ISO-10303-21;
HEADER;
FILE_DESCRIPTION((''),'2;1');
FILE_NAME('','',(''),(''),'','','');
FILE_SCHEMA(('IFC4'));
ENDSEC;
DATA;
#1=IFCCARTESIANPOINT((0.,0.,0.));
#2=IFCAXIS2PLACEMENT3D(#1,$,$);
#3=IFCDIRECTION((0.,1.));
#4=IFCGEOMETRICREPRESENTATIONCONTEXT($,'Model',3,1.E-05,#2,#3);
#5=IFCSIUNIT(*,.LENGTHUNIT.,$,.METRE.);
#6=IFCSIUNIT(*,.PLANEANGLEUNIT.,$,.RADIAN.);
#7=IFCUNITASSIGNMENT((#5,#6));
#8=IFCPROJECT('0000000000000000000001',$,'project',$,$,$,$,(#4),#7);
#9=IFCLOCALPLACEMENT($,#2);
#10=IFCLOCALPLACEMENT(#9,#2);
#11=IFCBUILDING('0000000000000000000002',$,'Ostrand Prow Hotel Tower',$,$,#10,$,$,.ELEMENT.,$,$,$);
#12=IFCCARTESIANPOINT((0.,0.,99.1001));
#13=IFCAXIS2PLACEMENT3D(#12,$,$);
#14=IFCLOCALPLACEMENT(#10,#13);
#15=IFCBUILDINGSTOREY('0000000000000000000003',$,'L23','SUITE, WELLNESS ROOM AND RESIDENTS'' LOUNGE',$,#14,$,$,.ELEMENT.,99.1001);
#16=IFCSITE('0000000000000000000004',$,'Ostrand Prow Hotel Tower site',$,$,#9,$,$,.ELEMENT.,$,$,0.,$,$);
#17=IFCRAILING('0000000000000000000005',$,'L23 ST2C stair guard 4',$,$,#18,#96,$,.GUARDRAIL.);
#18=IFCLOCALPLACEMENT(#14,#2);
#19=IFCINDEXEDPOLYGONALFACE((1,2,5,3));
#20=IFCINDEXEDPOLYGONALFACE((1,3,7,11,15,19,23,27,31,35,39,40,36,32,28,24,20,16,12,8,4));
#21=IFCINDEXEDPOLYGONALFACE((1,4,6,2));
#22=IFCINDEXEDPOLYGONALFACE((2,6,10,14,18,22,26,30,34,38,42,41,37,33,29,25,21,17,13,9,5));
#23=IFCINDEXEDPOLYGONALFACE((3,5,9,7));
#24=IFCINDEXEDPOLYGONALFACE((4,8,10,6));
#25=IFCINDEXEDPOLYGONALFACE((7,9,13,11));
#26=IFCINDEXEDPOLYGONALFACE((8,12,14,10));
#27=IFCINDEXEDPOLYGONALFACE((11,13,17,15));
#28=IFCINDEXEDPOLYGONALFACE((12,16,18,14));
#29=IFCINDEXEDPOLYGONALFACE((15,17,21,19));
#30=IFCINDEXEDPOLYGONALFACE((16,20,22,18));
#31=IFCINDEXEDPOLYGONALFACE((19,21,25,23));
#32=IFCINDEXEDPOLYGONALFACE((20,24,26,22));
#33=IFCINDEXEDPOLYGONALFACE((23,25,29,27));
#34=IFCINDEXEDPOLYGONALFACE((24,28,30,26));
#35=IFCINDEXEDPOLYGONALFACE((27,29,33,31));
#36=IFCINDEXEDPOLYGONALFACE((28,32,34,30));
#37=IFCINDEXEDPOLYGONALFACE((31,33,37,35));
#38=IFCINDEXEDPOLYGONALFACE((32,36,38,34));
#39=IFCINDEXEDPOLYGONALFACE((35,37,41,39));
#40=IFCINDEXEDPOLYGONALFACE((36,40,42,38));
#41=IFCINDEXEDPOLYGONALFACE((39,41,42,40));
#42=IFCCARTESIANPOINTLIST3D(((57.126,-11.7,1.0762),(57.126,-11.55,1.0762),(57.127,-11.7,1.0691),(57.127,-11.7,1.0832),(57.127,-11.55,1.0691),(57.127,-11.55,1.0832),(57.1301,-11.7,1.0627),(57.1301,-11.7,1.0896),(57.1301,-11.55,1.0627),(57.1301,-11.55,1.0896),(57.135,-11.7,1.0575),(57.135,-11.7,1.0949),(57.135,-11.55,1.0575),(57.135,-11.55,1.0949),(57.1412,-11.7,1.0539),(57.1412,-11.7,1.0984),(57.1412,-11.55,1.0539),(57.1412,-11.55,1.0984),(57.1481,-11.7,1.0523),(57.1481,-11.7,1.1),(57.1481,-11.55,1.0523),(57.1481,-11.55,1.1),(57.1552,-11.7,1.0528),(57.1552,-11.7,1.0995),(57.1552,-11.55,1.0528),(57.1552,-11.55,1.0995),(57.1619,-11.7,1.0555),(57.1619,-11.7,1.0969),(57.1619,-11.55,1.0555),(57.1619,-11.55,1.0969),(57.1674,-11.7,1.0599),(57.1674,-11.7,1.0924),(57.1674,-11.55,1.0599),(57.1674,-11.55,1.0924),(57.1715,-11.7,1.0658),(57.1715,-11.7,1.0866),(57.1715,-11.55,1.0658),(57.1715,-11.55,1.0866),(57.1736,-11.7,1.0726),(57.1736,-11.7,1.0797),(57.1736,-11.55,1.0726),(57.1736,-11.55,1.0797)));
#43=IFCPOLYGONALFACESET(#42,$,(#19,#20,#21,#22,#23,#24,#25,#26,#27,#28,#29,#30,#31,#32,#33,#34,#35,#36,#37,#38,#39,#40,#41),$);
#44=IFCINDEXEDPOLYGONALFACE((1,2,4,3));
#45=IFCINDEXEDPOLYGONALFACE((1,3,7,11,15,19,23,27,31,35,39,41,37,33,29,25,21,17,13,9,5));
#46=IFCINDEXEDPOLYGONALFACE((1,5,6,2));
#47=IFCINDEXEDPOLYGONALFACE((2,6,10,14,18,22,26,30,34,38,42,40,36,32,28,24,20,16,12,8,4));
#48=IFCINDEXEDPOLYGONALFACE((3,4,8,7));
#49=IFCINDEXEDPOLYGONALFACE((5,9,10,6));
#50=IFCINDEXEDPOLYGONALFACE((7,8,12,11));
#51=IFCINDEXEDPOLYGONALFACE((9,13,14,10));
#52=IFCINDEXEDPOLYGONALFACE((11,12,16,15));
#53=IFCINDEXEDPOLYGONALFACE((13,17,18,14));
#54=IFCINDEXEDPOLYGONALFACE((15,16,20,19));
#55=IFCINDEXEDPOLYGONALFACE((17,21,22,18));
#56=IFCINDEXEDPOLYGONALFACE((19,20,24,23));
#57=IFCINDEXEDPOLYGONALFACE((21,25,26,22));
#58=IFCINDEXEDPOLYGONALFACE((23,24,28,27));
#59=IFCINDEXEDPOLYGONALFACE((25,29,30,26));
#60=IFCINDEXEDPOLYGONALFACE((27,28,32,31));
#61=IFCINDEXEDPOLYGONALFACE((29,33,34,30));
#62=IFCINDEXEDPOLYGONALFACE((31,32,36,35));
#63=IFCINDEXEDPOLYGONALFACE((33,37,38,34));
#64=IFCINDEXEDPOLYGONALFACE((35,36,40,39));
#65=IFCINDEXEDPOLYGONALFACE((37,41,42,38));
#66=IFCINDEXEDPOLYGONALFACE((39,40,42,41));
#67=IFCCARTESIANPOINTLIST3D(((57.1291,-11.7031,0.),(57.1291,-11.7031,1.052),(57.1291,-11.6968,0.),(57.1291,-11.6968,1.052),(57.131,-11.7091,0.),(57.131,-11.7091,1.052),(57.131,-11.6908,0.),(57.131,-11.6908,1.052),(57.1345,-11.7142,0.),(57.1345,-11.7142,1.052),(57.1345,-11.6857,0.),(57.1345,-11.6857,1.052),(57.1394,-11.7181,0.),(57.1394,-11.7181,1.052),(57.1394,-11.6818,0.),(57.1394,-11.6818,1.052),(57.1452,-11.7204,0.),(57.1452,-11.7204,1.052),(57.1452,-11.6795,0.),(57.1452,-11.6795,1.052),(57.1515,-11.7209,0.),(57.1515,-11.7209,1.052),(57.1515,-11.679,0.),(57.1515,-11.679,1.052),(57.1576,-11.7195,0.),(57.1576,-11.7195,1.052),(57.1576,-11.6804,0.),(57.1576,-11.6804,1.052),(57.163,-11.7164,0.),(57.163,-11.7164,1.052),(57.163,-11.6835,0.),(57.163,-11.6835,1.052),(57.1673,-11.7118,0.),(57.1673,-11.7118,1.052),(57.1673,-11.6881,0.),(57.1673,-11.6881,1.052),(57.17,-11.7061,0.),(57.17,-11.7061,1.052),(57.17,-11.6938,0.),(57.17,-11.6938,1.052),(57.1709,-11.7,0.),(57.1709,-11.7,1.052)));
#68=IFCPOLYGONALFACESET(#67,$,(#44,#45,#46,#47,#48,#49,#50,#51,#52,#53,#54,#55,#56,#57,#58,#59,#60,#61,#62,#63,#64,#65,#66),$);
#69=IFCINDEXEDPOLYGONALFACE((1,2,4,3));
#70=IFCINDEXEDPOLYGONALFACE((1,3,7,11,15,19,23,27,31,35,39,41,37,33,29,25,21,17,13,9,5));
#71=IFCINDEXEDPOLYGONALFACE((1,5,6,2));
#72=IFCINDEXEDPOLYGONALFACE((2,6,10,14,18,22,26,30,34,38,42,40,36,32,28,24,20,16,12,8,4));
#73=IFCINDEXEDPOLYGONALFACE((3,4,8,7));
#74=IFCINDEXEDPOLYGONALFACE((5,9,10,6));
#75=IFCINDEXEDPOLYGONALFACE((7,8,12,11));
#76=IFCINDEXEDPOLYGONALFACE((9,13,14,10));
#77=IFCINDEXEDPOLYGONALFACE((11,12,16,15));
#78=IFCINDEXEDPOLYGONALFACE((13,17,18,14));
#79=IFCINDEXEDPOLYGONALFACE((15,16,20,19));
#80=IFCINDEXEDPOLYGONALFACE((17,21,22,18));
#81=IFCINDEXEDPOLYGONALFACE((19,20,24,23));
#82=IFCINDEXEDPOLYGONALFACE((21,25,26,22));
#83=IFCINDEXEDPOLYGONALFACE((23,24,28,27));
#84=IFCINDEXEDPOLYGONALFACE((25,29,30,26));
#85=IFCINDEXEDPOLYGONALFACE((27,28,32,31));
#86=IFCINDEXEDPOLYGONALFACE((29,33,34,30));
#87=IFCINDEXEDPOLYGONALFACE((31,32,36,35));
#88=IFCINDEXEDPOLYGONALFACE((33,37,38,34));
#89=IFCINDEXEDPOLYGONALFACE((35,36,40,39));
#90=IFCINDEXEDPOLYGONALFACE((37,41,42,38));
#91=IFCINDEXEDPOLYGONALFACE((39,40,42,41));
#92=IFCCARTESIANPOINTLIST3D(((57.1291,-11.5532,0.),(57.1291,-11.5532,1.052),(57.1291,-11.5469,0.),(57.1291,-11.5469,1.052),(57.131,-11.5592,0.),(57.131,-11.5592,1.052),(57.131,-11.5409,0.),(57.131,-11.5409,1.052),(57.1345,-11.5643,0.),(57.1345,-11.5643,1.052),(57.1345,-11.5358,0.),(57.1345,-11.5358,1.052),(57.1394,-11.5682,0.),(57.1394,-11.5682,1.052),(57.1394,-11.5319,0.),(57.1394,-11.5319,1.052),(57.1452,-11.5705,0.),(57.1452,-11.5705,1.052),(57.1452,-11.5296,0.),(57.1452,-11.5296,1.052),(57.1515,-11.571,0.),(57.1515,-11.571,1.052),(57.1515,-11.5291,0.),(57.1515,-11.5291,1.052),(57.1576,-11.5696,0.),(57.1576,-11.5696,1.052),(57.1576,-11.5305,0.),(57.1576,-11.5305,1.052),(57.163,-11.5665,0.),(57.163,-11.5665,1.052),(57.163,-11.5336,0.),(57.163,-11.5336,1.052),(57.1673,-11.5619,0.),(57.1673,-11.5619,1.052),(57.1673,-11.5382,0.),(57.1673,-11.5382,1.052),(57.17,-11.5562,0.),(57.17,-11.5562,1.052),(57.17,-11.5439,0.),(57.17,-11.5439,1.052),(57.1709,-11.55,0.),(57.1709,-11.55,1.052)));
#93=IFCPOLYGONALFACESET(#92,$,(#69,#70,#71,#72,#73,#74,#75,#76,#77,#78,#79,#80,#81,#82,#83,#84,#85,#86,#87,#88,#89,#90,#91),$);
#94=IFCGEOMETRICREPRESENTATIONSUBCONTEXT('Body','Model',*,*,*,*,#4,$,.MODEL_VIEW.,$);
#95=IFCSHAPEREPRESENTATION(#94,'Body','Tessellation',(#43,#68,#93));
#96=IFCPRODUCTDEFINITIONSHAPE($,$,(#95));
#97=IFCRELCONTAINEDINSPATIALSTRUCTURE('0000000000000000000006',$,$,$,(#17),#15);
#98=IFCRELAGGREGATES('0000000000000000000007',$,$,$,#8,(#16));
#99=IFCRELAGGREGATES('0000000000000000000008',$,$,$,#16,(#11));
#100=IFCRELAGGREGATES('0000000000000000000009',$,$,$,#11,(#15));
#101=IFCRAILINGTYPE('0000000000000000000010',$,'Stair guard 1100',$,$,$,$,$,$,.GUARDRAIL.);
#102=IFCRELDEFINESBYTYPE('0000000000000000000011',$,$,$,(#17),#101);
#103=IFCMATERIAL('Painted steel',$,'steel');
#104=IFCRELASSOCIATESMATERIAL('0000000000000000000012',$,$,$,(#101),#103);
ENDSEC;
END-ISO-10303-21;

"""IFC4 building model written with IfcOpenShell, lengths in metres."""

from ifc_helpers import new_model, si_unit, direction, frame, origin, origin_2d, place, context, subcontext, project, spatial, circle, extrude, material, type_object, element, save


model = new_model("IFC4")

# Units and contexts
model_context = context("Model", 3, precision=1e-05, world=origin(), true_north=direction((0.0, 1.0)))
body_context = subcontext(model_context, "Body", "Model", "MODEL_VIEW")
ifc_project = project(units=[si_unit("LENGTHUNIT", "METRE"), si_unit("PLANEANGLEUNIT", "RADIAN")], contexts=[model_context])

# Site, building, storey
site_placement = place(None, origin())
site = spatial("IfcSite", under=ifc_project, at=site_placement, Name="Ostrand Prow Hotel Tower site", CompositionType="ELEMENT", RefElevation=0.0)
building_placement = place(site_placement, origin())
building = spatial("IfcBuilding", under=site, at=building_placement, Name="Ostrand Prow Hotel Tower", CompositionType="ELEMENT")
storey_placement = place(building_placement, frame((0.0, 0.0, 99.1001)))
storey = spatial("IfcBuildingStorey", under=building, at=storey_placement, Name="L23", Description="SUITE, WELLNESS ROOM AND RESIDENTS' LOUNGE", CompositionType="ELEMENT", Elevation=99.1001)

# Railing
ifc_material_1 = material(Name="Painted steel", Category="steel")
railing_type = type_object("IfcRailingType", Name="Stair guard 1100", PredefinedType="GUARDRAIL", material=ifc_material_1)
railing_placement = place(storey_placement, frame((57.1499, -11.7, 0.0)))
element("IfcRailing", 1, at=railing_placement, inside=storey, type_object=railing_type, Name="L23 ST2C stair guard 4", PredefinedType="GUARDRAIL", context=body_context, shape_type="SweptSolid", body=[
    extrude(circle(Radius=0.0239, at=origin_2d()), frame((0.0, 0.0, 1.0762), z_axis=(0.0, 1.0, 0.0), x_axis=(-1.0, 0.0, 0.0)), (0.0, 0.0, 1.0), 0.1499),
    extrude(circle(Radius=0.021, at=origin_2d()), origin(), (0.0, 0.0, 1.0), 1.052),
    extrude(circle(Radius=0.021, at=origin_2d()), frame((0.0, 0.1499, 0.0)), (0.0, 0.0, 1.0), 1.052),
])

save(model, "model.ifc")
